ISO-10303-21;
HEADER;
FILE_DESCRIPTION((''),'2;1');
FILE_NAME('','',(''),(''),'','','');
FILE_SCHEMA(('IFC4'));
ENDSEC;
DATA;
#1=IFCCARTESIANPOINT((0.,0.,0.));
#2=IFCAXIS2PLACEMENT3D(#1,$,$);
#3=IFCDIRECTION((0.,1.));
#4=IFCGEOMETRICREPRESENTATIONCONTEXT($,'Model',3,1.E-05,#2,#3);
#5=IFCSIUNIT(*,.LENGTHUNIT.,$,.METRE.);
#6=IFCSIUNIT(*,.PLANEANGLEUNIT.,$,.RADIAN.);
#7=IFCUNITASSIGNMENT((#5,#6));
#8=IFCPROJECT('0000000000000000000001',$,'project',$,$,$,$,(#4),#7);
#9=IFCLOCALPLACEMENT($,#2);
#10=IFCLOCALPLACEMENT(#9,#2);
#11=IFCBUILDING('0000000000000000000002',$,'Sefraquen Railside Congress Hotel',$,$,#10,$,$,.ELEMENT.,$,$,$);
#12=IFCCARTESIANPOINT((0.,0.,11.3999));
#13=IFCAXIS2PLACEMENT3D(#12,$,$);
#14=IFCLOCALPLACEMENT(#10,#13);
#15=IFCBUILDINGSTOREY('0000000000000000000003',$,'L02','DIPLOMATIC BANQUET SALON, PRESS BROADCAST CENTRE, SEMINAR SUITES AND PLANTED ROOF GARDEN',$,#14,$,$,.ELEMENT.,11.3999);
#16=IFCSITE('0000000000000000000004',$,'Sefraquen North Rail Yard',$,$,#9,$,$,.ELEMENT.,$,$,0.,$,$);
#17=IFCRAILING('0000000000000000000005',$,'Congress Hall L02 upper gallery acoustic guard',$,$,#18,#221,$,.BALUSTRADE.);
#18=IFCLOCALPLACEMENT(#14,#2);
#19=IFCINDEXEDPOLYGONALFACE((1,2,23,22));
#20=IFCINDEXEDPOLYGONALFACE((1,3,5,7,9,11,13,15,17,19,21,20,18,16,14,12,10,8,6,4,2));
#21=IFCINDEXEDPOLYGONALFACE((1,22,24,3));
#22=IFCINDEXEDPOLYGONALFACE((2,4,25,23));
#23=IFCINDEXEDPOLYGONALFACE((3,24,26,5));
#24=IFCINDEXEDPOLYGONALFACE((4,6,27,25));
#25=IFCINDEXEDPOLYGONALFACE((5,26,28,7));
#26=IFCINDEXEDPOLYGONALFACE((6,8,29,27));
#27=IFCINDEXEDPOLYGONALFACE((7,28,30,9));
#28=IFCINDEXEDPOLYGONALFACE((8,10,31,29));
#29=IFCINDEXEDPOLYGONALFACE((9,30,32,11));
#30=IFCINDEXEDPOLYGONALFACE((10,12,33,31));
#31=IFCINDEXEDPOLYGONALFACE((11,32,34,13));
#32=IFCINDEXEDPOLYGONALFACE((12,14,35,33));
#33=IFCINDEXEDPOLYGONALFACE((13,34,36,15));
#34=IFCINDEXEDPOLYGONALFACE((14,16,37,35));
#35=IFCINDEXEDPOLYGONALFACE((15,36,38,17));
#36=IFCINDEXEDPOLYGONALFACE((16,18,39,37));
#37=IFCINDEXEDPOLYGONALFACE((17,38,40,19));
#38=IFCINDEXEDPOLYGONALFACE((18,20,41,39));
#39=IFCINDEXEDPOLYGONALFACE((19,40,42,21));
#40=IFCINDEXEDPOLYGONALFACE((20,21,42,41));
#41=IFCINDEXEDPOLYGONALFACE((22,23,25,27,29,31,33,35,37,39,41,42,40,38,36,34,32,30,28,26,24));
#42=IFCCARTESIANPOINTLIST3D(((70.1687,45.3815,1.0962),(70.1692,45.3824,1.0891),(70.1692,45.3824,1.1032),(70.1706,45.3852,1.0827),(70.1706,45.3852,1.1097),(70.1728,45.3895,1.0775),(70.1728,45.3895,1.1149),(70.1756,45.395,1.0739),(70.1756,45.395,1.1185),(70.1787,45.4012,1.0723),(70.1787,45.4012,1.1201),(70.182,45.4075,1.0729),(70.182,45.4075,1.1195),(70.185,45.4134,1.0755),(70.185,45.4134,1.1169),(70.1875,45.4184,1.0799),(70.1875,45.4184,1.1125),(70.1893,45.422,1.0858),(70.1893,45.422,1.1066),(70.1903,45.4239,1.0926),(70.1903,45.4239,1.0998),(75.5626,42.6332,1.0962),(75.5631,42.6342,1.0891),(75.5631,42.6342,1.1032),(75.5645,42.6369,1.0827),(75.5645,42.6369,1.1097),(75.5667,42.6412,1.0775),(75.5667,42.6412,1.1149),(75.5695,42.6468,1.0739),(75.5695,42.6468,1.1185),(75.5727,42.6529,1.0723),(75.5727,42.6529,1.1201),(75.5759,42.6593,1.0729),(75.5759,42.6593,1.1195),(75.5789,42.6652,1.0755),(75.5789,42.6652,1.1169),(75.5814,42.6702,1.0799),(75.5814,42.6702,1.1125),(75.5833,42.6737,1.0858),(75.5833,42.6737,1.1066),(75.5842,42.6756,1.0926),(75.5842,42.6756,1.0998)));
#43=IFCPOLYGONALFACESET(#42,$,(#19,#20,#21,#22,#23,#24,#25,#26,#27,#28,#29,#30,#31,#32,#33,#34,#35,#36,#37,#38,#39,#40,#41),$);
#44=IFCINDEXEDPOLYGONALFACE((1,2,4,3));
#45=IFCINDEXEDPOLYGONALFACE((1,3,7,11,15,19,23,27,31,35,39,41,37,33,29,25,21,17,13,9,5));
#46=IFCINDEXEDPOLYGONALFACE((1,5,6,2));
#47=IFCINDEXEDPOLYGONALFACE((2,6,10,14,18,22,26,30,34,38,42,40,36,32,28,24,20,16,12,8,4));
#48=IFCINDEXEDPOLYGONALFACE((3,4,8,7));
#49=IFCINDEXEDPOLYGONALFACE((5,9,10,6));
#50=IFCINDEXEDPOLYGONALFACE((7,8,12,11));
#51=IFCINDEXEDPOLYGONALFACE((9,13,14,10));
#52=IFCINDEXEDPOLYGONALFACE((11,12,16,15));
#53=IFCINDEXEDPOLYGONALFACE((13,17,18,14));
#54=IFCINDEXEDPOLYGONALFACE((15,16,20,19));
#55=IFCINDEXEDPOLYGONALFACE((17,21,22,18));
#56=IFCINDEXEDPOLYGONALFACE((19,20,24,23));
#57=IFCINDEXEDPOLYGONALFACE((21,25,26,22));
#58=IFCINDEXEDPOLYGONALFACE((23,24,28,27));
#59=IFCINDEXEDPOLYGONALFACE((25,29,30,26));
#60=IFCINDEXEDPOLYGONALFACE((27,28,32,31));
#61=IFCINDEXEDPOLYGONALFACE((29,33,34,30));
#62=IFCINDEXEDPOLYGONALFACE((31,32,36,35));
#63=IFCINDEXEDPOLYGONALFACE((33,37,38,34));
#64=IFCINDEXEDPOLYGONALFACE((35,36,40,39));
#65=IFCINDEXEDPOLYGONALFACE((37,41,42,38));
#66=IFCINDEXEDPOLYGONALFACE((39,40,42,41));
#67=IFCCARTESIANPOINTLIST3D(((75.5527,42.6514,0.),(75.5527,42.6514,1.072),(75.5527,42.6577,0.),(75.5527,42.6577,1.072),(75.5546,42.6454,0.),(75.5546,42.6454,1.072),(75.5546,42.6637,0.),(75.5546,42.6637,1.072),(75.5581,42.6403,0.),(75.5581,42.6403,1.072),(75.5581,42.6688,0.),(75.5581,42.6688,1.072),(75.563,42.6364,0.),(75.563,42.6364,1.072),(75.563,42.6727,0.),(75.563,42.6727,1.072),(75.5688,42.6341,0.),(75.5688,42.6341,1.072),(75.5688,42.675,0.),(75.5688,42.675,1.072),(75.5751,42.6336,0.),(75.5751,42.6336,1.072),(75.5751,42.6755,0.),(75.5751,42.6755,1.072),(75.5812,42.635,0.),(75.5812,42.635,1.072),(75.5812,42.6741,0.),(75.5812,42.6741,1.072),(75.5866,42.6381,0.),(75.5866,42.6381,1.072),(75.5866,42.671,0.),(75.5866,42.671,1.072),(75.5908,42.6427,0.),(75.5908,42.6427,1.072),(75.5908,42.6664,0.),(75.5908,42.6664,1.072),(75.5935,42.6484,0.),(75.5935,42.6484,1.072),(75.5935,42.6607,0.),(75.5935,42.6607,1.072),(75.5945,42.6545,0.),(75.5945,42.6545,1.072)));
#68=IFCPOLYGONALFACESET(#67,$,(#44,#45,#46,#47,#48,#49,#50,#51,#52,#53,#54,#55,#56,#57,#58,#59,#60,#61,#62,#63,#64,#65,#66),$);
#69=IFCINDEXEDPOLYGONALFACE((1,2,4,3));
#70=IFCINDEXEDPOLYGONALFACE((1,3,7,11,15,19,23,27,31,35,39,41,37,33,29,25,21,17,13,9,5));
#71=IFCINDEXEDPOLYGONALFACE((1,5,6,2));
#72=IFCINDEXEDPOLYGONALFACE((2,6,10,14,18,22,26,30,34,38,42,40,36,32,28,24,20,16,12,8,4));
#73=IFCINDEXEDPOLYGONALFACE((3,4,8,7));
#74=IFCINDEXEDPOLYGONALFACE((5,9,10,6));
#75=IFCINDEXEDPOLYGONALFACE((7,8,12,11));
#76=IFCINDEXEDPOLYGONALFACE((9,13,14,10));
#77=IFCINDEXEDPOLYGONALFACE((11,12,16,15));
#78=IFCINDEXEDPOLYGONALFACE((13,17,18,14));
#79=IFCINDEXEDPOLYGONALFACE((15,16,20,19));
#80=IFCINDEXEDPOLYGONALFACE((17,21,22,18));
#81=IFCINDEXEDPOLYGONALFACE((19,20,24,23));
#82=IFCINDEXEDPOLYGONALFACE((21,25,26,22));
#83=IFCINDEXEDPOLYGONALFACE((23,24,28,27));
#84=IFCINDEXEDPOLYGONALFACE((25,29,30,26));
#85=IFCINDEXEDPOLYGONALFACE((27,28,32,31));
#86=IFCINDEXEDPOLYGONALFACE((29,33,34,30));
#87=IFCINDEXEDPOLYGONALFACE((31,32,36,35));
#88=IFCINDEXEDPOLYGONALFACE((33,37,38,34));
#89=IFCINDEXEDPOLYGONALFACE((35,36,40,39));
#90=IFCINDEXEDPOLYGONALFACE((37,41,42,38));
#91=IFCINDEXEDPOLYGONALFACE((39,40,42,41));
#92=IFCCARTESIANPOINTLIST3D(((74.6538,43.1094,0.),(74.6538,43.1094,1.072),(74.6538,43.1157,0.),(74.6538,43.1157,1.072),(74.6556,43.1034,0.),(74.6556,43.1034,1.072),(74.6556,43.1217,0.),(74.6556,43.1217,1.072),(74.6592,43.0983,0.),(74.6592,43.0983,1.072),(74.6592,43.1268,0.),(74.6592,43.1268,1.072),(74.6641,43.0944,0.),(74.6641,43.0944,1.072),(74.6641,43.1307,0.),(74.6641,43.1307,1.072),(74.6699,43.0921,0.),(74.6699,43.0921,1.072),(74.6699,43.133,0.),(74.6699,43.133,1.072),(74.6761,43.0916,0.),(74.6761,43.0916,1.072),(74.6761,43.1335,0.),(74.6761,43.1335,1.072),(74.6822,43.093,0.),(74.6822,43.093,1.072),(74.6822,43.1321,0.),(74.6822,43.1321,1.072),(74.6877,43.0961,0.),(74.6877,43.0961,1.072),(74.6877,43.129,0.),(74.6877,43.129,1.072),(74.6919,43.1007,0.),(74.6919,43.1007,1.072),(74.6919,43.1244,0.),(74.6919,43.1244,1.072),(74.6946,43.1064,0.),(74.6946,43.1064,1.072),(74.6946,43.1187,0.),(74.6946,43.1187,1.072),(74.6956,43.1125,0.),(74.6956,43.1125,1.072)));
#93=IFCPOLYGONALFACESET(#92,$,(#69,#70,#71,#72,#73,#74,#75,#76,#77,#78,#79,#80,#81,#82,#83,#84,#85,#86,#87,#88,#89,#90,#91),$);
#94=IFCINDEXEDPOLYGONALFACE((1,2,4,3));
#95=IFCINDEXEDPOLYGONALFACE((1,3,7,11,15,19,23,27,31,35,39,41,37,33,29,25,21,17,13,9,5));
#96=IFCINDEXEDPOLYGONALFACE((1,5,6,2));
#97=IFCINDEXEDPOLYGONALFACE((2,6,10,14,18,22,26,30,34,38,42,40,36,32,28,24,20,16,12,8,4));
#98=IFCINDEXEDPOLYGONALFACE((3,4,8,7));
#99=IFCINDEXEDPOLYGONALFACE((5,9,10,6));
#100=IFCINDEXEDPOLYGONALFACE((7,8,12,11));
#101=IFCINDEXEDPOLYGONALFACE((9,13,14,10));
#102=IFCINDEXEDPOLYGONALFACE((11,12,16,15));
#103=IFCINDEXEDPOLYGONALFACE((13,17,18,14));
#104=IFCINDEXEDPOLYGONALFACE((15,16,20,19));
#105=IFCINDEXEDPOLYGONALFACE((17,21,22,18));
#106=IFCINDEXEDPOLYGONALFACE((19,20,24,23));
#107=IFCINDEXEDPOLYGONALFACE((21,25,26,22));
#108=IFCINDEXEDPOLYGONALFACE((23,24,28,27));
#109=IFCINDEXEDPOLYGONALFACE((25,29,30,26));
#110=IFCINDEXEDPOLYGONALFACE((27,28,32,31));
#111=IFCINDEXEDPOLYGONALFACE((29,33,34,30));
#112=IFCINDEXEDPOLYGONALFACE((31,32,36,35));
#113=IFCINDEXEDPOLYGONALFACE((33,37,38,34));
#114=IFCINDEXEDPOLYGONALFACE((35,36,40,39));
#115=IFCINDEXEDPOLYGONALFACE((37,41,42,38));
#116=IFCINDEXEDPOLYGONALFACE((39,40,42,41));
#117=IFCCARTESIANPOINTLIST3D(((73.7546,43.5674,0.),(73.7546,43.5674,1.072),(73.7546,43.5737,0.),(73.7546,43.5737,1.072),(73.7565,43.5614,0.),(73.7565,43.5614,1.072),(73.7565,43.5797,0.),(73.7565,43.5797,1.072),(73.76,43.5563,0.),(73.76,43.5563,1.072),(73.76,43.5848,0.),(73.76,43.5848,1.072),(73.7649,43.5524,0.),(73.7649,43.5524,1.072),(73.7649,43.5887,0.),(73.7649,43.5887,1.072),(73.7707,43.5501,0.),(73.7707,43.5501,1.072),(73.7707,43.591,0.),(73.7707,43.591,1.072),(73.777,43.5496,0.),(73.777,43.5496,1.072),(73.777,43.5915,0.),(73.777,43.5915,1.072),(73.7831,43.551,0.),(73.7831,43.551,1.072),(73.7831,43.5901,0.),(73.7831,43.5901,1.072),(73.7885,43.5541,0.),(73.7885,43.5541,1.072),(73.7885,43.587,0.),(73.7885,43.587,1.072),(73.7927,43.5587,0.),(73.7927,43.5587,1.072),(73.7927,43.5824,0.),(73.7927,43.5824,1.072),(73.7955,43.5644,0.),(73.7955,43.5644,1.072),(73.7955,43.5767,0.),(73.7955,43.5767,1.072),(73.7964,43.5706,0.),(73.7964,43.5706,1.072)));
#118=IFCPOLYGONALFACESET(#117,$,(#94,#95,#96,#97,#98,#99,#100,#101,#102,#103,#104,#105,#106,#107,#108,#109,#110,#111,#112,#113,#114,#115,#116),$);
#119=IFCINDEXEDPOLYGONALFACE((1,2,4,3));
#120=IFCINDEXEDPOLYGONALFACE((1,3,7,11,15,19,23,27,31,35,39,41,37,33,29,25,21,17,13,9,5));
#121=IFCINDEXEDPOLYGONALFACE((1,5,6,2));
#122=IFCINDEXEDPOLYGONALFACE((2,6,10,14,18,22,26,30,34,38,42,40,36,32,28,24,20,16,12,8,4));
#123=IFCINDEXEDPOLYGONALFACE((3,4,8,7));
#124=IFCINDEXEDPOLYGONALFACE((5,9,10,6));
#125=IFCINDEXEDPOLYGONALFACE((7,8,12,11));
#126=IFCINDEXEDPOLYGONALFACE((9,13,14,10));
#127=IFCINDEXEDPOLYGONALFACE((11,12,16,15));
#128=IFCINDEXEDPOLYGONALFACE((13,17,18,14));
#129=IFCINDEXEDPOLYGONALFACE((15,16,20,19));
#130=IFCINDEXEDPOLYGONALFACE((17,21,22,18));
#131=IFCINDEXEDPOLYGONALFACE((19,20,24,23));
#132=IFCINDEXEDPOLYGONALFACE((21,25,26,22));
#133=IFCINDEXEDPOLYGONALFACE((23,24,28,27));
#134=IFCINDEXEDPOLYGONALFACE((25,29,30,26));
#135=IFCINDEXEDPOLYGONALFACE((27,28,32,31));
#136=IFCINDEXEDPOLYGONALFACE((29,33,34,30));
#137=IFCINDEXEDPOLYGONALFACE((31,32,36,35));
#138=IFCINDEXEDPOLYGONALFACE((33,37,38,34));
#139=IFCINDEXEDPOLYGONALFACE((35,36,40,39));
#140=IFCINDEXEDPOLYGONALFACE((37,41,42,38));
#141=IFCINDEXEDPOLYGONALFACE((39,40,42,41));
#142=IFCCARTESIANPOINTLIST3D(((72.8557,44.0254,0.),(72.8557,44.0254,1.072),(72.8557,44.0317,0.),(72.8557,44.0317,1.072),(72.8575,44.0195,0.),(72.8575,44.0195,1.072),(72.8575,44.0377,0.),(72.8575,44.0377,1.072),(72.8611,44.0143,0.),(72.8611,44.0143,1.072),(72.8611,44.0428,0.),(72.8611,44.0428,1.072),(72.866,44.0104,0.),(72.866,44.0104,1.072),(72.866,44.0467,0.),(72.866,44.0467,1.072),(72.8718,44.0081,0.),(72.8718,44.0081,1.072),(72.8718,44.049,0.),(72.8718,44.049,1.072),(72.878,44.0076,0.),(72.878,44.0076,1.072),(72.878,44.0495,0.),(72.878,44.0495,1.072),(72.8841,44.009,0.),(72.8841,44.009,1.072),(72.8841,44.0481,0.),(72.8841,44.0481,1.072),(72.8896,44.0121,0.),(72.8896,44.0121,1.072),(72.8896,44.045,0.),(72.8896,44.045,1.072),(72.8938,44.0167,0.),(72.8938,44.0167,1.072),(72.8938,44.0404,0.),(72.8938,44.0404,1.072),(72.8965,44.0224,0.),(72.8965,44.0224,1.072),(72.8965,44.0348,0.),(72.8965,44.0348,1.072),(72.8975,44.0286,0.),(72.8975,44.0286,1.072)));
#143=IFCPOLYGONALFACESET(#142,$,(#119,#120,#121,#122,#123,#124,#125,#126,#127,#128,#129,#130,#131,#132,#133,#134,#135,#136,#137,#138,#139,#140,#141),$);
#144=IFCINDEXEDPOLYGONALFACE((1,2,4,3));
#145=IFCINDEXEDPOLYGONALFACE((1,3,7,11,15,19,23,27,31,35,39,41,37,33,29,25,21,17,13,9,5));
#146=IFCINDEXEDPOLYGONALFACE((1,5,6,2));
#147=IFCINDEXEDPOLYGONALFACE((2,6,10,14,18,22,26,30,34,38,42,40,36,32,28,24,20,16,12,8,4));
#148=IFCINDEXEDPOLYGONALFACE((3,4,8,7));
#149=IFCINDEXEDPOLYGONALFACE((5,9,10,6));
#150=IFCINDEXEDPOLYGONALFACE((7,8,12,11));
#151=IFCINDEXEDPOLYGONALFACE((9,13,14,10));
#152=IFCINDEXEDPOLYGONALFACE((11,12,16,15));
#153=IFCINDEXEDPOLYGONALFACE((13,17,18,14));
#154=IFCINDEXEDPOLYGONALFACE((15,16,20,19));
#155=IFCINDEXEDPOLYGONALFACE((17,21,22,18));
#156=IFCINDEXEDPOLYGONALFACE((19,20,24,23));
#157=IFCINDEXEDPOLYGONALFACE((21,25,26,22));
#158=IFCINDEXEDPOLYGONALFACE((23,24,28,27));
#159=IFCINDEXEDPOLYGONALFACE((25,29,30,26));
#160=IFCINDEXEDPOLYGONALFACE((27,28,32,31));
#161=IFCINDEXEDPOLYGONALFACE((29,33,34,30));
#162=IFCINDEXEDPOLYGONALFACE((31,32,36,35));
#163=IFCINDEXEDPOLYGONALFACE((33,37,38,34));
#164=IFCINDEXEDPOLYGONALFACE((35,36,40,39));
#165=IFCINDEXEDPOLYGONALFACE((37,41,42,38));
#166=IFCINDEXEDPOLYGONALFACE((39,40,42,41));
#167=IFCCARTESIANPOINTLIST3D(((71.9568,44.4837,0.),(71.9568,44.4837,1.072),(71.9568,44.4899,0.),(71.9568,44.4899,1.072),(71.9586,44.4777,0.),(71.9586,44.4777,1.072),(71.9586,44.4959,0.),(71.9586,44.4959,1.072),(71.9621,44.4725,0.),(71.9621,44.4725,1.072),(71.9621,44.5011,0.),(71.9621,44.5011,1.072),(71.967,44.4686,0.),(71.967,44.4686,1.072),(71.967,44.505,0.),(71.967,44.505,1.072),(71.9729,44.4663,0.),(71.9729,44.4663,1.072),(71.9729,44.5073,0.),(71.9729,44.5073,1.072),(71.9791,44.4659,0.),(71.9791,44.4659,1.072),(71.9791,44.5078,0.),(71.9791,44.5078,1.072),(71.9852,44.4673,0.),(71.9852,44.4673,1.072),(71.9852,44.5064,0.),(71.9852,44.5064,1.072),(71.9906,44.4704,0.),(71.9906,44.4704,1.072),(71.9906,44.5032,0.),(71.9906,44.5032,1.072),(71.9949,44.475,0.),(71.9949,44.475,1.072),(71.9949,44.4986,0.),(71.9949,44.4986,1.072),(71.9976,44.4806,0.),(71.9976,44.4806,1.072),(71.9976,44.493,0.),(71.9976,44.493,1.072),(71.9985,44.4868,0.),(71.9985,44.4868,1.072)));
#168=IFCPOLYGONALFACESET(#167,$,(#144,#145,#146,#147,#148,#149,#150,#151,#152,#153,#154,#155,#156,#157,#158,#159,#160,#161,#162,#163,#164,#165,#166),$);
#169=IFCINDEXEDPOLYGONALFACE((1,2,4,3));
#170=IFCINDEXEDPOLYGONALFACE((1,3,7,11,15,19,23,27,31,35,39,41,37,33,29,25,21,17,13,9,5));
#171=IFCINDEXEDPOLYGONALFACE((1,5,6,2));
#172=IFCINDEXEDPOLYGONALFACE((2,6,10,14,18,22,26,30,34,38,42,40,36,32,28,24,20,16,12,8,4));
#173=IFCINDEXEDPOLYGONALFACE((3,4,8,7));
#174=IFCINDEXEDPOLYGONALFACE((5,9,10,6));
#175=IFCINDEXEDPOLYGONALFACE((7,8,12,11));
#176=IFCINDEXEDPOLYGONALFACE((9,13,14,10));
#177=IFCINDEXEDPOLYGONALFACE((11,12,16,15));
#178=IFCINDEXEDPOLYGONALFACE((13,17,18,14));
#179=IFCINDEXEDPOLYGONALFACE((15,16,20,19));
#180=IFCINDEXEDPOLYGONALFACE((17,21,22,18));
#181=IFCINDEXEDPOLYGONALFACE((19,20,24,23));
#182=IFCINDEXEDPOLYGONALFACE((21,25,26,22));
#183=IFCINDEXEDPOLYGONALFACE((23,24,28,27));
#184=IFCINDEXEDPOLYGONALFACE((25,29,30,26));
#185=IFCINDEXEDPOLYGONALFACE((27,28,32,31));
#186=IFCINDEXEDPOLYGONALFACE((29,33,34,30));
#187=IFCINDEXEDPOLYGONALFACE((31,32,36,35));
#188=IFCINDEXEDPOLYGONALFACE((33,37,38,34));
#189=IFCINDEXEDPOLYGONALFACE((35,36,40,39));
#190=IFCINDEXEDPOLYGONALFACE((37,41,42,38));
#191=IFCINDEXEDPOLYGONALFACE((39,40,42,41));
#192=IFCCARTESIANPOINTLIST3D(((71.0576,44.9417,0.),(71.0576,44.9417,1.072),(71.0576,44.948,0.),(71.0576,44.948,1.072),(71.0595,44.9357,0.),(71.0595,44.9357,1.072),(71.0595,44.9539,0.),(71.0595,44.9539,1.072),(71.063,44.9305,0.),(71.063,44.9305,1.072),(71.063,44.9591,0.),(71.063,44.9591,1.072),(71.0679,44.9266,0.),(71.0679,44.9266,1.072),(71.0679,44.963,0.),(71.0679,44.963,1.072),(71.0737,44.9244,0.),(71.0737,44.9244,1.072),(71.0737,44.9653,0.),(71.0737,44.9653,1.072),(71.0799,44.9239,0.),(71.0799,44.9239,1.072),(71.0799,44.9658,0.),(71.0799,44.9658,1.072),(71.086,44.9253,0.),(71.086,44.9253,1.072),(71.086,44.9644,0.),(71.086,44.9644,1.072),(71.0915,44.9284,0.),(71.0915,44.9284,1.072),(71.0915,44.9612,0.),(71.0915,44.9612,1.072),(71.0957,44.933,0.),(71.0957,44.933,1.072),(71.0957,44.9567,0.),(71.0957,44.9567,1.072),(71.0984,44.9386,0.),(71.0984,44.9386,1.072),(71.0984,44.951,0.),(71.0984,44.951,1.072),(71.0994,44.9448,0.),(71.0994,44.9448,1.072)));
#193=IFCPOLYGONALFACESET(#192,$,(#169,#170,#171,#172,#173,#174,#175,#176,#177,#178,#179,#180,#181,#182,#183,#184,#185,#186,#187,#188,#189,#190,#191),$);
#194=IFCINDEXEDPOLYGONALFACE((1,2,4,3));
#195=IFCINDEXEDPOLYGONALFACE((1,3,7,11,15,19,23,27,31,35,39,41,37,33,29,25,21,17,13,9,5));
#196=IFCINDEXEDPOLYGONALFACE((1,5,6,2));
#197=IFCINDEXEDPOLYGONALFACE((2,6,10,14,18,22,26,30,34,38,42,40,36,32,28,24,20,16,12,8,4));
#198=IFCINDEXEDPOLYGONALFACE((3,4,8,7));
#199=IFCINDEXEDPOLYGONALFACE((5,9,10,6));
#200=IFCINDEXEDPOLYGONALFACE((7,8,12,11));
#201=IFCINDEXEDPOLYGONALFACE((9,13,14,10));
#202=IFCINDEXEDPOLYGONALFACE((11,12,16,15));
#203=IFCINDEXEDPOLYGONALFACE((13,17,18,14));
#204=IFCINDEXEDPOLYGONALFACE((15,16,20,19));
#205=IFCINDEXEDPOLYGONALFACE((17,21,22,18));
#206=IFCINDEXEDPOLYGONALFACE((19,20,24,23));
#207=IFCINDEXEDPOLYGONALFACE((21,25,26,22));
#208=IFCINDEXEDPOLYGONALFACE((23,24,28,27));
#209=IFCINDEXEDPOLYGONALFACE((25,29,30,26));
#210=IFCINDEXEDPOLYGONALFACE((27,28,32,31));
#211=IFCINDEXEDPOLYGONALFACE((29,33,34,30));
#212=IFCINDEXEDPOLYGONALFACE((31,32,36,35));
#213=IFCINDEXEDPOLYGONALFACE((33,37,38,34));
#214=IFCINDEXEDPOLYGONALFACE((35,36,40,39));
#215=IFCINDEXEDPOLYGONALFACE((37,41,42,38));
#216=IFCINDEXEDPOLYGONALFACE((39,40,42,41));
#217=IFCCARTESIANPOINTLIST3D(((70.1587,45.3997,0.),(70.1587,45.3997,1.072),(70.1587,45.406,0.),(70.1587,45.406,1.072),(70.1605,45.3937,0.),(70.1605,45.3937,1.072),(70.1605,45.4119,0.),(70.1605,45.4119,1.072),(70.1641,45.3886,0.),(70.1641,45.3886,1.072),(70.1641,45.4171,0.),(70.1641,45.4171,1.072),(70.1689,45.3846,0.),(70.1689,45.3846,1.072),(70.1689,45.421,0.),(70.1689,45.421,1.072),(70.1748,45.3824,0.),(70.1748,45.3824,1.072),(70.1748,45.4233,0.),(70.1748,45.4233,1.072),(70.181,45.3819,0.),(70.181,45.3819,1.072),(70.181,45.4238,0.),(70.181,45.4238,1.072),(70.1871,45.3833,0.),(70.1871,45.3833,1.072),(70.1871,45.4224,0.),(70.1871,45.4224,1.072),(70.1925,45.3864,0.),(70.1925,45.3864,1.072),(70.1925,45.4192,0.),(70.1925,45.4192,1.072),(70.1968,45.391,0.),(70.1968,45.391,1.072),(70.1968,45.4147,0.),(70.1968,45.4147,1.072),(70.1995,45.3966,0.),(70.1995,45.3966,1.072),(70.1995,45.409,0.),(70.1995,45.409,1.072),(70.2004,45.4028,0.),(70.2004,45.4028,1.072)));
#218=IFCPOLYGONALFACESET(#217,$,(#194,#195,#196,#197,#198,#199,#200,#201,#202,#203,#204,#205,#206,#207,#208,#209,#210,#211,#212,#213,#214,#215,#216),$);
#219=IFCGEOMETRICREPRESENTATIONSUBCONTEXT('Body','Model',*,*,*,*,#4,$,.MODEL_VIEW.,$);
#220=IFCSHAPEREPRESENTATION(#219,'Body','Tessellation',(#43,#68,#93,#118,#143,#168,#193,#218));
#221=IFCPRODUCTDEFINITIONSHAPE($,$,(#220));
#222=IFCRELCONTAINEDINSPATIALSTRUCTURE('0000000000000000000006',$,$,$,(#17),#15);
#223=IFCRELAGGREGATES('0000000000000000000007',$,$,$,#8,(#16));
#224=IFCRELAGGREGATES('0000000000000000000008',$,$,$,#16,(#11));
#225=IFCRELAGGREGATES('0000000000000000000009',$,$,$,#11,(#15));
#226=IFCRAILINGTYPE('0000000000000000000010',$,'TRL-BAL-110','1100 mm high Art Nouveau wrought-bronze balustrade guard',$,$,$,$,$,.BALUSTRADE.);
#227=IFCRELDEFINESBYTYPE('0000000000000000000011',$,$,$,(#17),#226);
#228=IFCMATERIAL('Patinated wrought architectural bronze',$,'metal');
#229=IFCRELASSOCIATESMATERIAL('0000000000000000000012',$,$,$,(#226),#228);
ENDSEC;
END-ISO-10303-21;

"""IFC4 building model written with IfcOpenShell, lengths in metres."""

from ifc_helpers import new_model, si_unit, direction, frame, origin, origin_2d, place, context, subcontext, project, spatial, circle, extrude, material, type_object, element, save


model = new_model("IFC4")

# Units and contexts
model_context = context("Model", 3, precision=1e-05, world=origin(), true_north=direction((0.0, 1.0)))
body_context = subcontext(model_context, "Body", "Model", "MODEL_VIEW")
ifc_project = project(units=[si_unit("LENGTHUNIT", "METRE"), si_unit("PLANEANGLEUNIT", "RADIAN")], contexts=[model_context])

# Site, building, storey
site_placement = place(None, origin())
site = spatial("IfcSite", under=ifc_project, at=site_placement, Name="Sefraquen North Rail Yard", CompositionType="ELEMENT", RefElevation=0.0)
building_placement = place(site_placement, origin())
building = spatial("IfcBuilding", under=site, at=building_placement, Name="Sefraquen Railside Congress Hotel", CompositionType="ELEMENT")
storey_placement = place(building_placement, frame((0.0, 0.0, 11.3999)))
storey = spatial("IfcBuildingStorey", under=building, at=storey_placement, Name="L02", Description="DIPLOMATIC BANQUET SALON, PRESS BROADCAST CENTRE, SEMINAR SUITES AND PLANTED ROOF GARDEN", CompositionType="ELEMENT", Elevation=11.3999)

# Railing
ifc_material_1 = material(Name="Patinated wrought architectural bronze", Category="metal")
railing_type = type_object("IfcRailingType", Name="TRL-BAL-110", Description="1100 mm high Art Nouveau wrought-bronze balustrade guard", PredefinedType="BALUSTRADE", material=ifc_material_1)
railing_1_placement = place(storey_placement, frame((75.5735, 42.6545, 0.0)))
element("IfcRailing", 1, at=railing_1_placement, inside=storey, type_object=railing_type, Name="Congress Hall L02 upper gallery acoustic guard", PredefinedType="BALUSTRADE", context=body_context, shape_type="SweptSolid", body=[
    extrude(circle(Radius=0.0239, at=origin_2d()), frame((0.0, 0.0, 1.0962), z_axis=(-0.891014, 0.453976, 0.0), x_axis=(-0.453976, -0.891014, 0.0)), (0.0, 0.0, 1.0), 6.0537),
    extrude(circle(Radius=0.021, at=origin_2d()), origin(), (0.0, 0.0, 1.0), 1.072),
    extrude(circle(Radius=0.021, at=origin_2d()), frame((-0.8989, 0.458, 0.0)), (0.0, 0.0, 1.0), 1.072),
    extrude(circle(Radius=0.021, at=origin_2d()), frame((-1.7981, 0.916, 0.0)), (0.0, 0.0, 1.0), 1.072),
    extrude(circle(Radius=0.021, at=origin_2d()), frame((-2.697, 1.374, 0.0)), (0.0, 0.0, 1.0), 1.072),
    extrude(circle(Radius=0.021, at=origin_2d()), frame((-3.5959, 1.8323, 0.0)), (0.0, 0.0, 1.0), 1.072),
    extrude(circle(Radius=0.021, at=origin_2d()), frame((-4.4951, 2.2903, 0.0)), (0.0, 0.0, 1.0), 1.072),
    extrude(circle(Radius=0.021, at=origin_2d()), frame((-5.394, 2.7483, 0.0)), (0.0, 0.0, 1.0), 1.072),
])

save(model, "model.ifc")
